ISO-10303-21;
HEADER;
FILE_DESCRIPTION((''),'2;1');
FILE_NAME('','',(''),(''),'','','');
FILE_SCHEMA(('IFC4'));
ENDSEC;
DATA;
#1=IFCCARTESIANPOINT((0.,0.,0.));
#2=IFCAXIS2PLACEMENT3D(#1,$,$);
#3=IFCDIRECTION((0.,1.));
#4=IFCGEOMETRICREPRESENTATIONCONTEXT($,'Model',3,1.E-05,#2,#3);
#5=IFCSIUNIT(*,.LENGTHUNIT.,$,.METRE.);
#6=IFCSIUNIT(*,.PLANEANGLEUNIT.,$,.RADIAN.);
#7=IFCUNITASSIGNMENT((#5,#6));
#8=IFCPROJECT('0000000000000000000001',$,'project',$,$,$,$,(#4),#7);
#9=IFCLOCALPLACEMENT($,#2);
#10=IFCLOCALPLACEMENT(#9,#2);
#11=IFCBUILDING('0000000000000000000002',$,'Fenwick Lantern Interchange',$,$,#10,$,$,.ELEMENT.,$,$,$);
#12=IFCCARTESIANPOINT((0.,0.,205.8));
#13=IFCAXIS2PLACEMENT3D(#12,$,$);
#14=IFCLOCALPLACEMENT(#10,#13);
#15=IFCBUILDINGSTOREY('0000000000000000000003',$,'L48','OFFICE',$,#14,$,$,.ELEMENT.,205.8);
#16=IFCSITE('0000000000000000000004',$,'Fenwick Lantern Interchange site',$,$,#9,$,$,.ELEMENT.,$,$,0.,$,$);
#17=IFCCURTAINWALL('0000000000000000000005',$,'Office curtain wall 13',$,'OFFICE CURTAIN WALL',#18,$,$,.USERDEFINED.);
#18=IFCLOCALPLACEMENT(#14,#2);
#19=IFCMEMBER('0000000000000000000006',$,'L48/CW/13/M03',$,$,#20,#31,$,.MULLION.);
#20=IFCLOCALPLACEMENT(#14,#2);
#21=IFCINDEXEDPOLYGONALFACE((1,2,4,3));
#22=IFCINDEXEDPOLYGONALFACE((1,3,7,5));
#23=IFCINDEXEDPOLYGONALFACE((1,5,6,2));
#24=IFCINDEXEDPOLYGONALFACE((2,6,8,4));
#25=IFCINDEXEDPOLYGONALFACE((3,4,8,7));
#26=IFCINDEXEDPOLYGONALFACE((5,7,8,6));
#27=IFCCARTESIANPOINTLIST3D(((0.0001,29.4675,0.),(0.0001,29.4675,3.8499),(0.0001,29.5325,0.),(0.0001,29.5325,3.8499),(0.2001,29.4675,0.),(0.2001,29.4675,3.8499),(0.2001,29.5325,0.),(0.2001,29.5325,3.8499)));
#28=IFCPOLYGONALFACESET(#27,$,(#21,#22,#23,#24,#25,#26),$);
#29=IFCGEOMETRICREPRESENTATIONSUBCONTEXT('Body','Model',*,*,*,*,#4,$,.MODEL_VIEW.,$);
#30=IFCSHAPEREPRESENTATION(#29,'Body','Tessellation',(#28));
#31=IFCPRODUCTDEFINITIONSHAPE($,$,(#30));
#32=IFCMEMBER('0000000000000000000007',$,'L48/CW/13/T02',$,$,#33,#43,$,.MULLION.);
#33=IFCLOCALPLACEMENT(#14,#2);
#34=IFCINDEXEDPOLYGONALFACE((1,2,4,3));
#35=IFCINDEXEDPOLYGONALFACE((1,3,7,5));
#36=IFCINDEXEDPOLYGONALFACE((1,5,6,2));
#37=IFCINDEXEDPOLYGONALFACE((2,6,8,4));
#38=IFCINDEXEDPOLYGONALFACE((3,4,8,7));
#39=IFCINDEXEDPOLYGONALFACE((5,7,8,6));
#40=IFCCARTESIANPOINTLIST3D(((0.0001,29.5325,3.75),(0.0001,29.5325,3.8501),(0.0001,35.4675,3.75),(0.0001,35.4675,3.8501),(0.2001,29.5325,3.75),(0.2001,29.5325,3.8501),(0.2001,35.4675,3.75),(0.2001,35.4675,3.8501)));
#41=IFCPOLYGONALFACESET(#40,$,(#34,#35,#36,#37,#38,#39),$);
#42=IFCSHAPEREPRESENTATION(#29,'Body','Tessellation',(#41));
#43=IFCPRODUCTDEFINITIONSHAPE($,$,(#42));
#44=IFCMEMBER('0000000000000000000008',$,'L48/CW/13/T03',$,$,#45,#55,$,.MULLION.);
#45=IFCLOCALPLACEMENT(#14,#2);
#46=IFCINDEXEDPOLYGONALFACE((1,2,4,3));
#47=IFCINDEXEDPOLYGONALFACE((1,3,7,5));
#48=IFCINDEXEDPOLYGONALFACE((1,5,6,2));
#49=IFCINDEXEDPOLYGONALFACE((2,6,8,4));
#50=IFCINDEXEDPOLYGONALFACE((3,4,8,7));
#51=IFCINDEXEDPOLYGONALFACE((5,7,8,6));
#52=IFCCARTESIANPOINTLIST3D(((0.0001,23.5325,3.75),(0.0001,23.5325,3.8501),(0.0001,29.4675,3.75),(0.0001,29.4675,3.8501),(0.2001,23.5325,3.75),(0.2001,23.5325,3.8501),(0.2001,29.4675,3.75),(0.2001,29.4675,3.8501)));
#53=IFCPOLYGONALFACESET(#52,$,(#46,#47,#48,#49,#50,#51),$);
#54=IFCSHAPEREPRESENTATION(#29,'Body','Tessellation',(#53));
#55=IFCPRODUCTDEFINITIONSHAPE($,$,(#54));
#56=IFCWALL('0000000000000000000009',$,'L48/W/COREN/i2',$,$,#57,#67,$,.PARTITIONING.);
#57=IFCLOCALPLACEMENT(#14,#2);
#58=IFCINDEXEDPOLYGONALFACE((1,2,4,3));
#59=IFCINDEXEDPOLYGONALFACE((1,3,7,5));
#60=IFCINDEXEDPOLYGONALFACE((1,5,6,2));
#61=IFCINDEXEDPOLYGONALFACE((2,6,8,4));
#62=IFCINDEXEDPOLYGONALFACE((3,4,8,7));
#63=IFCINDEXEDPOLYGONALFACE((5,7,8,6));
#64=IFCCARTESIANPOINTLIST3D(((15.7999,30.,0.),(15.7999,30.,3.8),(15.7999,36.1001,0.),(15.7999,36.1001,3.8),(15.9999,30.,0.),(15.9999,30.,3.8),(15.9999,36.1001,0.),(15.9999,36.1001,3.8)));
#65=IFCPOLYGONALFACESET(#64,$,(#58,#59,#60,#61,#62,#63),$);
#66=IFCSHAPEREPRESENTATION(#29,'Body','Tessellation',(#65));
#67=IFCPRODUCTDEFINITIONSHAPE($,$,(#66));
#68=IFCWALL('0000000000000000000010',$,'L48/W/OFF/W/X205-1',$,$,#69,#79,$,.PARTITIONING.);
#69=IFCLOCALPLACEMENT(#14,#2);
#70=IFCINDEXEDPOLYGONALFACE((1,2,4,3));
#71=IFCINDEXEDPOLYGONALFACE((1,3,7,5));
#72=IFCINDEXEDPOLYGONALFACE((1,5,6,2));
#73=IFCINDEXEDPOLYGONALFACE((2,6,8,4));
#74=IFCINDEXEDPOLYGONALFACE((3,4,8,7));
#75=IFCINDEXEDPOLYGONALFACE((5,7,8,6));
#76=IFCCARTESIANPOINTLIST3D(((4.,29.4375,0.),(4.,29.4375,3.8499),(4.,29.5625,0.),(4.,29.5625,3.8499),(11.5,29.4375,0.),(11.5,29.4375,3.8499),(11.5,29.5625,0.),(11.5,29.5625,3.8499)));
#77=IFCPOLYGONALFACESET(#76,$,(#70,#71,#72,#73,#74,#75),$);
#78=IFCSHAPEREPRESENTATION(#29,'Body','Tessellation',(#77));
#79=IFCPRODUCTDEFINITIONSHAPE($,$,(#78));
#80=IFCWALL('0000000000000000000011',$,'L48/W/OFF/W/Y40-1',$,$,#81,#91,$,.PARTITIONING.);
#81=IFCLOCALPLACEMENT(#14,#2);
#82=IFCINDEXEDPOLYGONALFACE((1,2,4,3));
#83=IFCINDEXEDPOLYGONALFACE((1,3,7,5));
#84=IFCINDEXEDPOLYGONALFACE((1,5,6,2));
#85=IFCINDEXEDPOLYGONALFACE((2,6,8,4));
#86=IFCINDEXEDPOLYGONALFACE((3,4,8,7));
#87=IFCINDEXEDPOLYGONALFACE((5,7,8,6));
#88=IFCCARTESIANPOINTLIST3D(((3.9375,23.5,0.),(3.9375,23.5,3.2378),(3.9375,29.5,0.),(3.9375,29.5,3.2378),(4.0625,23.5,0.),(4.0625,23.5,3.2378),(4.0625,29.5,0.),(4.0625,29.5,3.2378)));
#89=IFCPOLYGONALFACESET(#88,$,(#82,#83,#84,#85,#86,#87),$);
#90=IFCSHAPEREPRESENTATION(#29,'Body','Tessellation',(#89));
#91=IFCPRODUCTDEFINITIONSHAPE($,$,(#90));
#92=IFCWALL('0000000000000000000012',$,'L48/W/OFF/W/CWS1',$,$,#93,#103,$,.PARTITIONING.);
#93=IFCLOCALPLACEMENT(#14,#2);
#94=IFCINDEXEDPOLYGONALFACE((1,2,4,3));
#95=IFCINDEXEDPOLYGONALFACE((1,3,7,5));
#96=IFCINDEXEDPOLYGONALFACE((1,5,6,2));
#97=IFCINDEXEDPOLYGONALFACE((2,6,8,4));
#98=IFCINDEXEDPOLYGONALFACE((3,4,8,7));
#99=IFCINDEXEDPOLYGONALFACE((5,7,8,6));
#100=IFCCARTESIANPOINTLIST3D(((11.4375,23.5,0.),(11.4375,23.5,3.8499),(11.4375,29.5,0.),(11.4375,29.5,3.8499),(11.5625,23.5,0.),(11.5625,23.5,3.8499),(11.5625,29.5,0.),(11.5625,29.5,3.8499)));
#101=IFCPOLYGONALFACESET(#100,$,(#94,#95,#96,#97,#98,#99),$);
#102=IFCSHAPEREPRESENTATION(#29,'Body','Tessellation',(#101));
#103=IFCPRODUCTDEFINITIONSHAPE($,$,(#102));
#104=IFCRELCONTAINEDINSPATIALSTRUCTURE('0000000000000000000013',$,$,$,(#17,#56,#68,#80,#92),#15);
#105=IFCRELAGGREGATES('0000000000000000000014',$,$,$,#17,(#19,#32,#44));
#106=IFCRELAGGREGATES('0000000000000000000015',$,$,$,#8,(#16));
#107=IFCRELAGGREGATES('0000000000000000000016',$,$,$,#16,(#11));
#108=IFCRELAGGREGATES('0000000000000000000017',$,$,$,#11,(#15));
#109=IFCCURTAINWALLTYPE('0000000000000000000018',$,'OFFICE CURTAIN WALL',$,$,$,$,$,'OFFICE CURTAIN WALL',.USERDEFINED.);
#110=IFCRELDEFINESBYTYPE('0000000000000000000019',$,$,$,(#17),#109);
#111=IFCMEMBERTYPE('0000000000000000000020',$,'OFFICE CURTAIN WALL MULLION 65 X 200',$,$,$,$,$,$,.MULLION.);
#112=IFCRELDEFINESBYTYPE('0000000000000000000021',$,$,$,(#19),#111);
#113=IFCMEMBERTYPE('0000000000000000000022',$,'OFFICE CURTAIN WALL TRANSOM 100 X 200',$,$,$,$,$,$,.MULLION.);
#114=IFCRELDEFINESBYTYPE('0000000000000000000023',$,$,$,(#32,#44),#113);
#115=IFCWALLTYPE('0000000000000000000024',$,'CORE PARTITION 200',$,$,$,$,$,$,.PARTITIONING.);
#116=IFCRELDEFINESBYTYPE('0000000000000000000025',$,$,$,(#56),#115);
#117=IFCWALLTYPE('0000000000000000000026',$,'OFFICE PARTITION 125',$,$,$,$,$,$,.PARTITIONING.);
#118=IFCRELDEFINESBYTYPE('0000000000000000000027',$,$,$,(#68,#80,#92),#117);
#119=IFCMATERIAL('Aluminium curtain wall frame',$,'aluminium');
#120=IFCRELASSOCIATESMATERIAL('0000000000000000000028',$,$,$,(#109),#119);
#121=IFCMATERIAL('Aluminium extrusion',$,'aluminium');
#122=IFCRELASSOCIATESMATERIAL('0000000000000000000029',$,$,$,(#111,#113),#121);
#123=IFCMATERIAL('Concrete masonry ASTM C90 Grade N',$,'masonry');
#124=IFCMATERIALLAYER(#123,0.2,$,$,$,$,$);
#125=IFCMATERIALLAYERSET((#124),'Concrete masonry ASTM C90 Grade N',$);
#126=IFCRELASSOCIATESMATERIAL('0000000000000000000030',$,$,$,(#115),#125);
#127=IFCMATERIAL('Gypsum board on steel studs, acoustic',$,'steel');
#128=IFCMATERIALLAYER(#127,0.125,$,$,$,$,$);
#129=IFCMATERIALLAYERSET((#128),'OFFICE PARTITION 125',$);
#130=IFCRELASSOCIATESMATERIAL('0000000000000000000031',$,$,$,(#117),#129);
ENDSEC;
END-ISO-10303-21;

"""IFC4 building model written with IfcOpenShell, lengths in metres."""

from ifc_helpers import new_model, si_unit, direction, frame, frame_2d, origin, origin_2d, place, context, subcontext, project, spatial, rectangle, extrude, material, layer, layer_set, material_profile, profile_set, type_object, element, aggregate, save


model = new_model("IFC4")

# Units and contexts
model_context = context("Model", 3, precision=1e-05, world=origin(), true_north=direction((0.0, 1.0)))
body_context = subcontext(model_context, "Body", "Model", "MODEL_VIEW")
ifc_project = project(units=[si_unit("LENGTHUNIT", "METRE"), si_unit("PLANEANGLEUNIT", "RADIAN")], contexts=[model_context])

# Site, building, storey
site_placement = place(None, origin())
site = spatial("IfcSite", under=ifc_project, at=site_placement, Name="Fenwick Lantern Interchange site", CompositionType="ELEMENT", RefElevation=0.0)
building_placement = place(site_placement, origin())
building = spatial("IfcBuilding", under=site, at=building_placement, Name="Fenwick Lantern Interchange", CompositionType="ELEMENT")
storey_placement = place(building_placement, frame((0.0, 0.0, 205.8)))
storey = spatial("IfcBuildingStorey", under=building, at=storey_placement, Name="L48", Description="OFFICE", CompositionType="ELEMENT", Elevation=205.8)

# Curtain wall, members
ifc_material_1 = material(Name="Aluminium curtain wall frame", Category="aluminium")
curtain_wall_type = type_object("IfcCurtainWallType", Name="OFFICE CURTAIN WALL", ElementType="OFFICE CURTAIN WALL", PredefinedType="USERDEFINED", material=ifc_material_1)
curtain_wall_placement = place(storey_placement, origin())
curtain_wall = element("IfcCurtainWall", 1, at=curtain_wall_placement, inside=storey, type_object=curtain_wall_type, Name="Office curtain wall 13", ObjectType="OFFICE CURTAIN WALL", PredefinedType="USERDEFINED")
ifc_material_2 = material(Name="Aluminium extrusion", Category="aluminium")
ifc_material_profile_1 = material_profile(ifc_material_2, rectangle(XDim=0.2, YDim=0.0649, at=origin_2d()), Name="OFFICE CURTAIN WALL MULLION 65 X 200")
ifc_profile_set_1 = profile_set([ifc_material_profile_1], Name="Aluminium extrusion")
member_type_1 = type_object("IfcMemberType", Name="OFFICE CURTAIN WALL MULLION 65 X 200", PredefinedType="MULLION", material=ifc_profile_set_1)
member_1_placement = place(storey_placement, frame((0.1001, 29.5, 0.0), z_axis=(0.0, 0.0, 1.0), x_axis=(1.0, 0.0, 0.0)))
member_1 = element("IfcMember", 2, at=member_1_placement, type_object=member_type_1, Name="L48/CW/13/M03", PredefinedType="MULLION", context=body_context, shape_type="SweptSolid", body=[
    extrude(rectangle(XDim=0.2, YDim=0.0649, at=origin_2d()), origin(), (0.0, 0.0, 1.0), 3.8499),
])
ifc_material_profile_2 = material_profile(ifc_material_2, rectangle(XDim=0.2, YDim=0.1001, at=origin_2d()), Name="OFFICE CURTAIN WALL TRANSOM 100 X 200")
ifc_profile_set_2 = profile_set([ifc_material_profile_2], Name="Aluminium extrusion")
member_type_2 = type_object("IfcMemberType", Name="OFFICE CURTAIN WALL TRANSOM 100 X 200", PredefinedType="MULLION", material=ifc_profile_set_2)
member_2_placement = place(storey_placement, frame((0.1001, 35.4675, 3.8), z_axis=(0.0, -1.0, 0.0), x_axis=(1.0, 0.0, 0.0)))
member_2 = element("IfcMember", 3, at=member_2_placement, type_object=member_type_2, Name="L48/CW/13/T02", PredefinedType="MULLION", context=body_context, shape_type="SweptSolid", body=[
    extrude(rectangle(XDim=0.2, YDim=0.1001, at=origin_2d()), origin(), (0.0, 0.0, 1.0), 5.9351),
])
member_3_placement = place(storey_placement, frame((0.1001, 29.4675, 3.8), z_axis=(0.0, -1.0, 0.0), x_axis=(1.0, 0.0, 0.0)))
member_3 = element("IfcMember", 4, at=member_3_placement, type_object=member_type_2, Name="L48/CW/13/T03", PredefinedType="MULLION", context=body_context, shape_type="SweptSolid", body=[
    extrude(rectangle(XDim=0.2, YDim=0.1001, at=origin_2d()), origin(), (0.0, 0.0, 1.0), 5.9351),
])
aggregate(curtain_wall, [member_1, member_2, member_3])

# Wall
ifc_material_3 = material(Name="Concrete masonry ASTM C90 Grade N", Category="masonry")
ifc_layer_1 = layer(ifc_material_3, 0.2)
ifc_layer_set_1 = layer_set([ifc_layer_1], Name="Concrete masonry ASTM C90 Grade N")
wall_type_1 = type_object("IfcWallType", Name="CORE PARTITION 200", PredefinedType="PARTITIONING", material=ifc_layer_set_1)
wall_1_placement = place(storey_placement, frame((15.8999, 36.1001, 0.0), z_axis=(0.0, 0.0, 1.0), x_axis=(0.0, -1.0, 0.0)))
element("IfcWall", 5, at=wall_1_placement, inside=storey, type_object=wall_type_1, Name="L48/W/COREN/i2", PredefinedType="PARTITIONING", context=body_context, shape_type="SweptSolid", body=[
    extrude(rectangle(XDim=6.1001, YDim=0.2, at=frame_2d((3.05, 0.0))), origin(), (0.0, 0.0, 1.0), 3.8),
])

# Walls
ifc_material_4 = material(Name="Gypsum board on steel studs, acoustic", Category="steel")
ifc_layer_2 = layer(ifc_material_4, 0.125)
ifc_layer_set_2 = layer_set([ifc_layer_2], Name="OFFICE PARTITION 125")
wall_type_2 = type_object("IfcWallType", Name="OFFICE PARTITION 125", PredefinedType="PARTITIONING", material=ifc_layer_set_2)
wall_2_placement = place(storey_placement, frame((4.0, 29.5, 0.0), z_axis=(0.0, 0.0, 1.0), x_axis=(1.0, 0.0, 0.0)))
element("IfcWall", 6, at=wall_2_placement, inside=storey, type_object=wall_type_2, Name="L48/W/OFF/W/X205-1", PredefinedType="PARTITIONING", context=body_context, shape_type="SweptSolid", body=[
    extrude(rectangle(XDim=7.5, YDim=0.125, at=frame_2d((3.75, 0.0))), origin(), (0.0, 0.0, 1.0), 3.8499),
])
wall_3_placement = place(storey_placement, frame((4.0, 29.5, 0.0), z_axis=(0.0, 0.0, 1.0), x_axis=(0.0, -1.0, 0.0)))
element("IfcWall", 7, at=wall_3_placement, inside=storey, type_object=wall_type_2, Name="L48/W/OFF/W/Y40-1", PredefinedType="PARTITIONING", context=body_context, shape_type="SweptSolid", body=[
    extrude(rectangle(XDim=6.0, YDim=0.125, at=frame_2d((3.0, 0.0))), origin(), (0.0, 0.0, 1.0), 3.2378),
])
wall_4_placement = place(storey_placement, frame((11.5, 29.5, 0.0), z_axis=(0.0, 0.0, 1.0), x_axis=(0.0, -1.0, 0.0)))
element("IfcWall", 8, at=wall_4_placement, inside=storey, type_object=wall_type_2, Name="L48/W/OFF/W/CWS1", PredefinedType="PARTITIONING", context=body_context, shape_type="SweptSolid", body=[
    extrude(rectangle(XDim=6.0, YDim=0.125, at=frame_2d((3.0, 0.0))), origin(), (0.0, 0.0, 1.0), 3.8499),
])

save(model, "model.ifc")
